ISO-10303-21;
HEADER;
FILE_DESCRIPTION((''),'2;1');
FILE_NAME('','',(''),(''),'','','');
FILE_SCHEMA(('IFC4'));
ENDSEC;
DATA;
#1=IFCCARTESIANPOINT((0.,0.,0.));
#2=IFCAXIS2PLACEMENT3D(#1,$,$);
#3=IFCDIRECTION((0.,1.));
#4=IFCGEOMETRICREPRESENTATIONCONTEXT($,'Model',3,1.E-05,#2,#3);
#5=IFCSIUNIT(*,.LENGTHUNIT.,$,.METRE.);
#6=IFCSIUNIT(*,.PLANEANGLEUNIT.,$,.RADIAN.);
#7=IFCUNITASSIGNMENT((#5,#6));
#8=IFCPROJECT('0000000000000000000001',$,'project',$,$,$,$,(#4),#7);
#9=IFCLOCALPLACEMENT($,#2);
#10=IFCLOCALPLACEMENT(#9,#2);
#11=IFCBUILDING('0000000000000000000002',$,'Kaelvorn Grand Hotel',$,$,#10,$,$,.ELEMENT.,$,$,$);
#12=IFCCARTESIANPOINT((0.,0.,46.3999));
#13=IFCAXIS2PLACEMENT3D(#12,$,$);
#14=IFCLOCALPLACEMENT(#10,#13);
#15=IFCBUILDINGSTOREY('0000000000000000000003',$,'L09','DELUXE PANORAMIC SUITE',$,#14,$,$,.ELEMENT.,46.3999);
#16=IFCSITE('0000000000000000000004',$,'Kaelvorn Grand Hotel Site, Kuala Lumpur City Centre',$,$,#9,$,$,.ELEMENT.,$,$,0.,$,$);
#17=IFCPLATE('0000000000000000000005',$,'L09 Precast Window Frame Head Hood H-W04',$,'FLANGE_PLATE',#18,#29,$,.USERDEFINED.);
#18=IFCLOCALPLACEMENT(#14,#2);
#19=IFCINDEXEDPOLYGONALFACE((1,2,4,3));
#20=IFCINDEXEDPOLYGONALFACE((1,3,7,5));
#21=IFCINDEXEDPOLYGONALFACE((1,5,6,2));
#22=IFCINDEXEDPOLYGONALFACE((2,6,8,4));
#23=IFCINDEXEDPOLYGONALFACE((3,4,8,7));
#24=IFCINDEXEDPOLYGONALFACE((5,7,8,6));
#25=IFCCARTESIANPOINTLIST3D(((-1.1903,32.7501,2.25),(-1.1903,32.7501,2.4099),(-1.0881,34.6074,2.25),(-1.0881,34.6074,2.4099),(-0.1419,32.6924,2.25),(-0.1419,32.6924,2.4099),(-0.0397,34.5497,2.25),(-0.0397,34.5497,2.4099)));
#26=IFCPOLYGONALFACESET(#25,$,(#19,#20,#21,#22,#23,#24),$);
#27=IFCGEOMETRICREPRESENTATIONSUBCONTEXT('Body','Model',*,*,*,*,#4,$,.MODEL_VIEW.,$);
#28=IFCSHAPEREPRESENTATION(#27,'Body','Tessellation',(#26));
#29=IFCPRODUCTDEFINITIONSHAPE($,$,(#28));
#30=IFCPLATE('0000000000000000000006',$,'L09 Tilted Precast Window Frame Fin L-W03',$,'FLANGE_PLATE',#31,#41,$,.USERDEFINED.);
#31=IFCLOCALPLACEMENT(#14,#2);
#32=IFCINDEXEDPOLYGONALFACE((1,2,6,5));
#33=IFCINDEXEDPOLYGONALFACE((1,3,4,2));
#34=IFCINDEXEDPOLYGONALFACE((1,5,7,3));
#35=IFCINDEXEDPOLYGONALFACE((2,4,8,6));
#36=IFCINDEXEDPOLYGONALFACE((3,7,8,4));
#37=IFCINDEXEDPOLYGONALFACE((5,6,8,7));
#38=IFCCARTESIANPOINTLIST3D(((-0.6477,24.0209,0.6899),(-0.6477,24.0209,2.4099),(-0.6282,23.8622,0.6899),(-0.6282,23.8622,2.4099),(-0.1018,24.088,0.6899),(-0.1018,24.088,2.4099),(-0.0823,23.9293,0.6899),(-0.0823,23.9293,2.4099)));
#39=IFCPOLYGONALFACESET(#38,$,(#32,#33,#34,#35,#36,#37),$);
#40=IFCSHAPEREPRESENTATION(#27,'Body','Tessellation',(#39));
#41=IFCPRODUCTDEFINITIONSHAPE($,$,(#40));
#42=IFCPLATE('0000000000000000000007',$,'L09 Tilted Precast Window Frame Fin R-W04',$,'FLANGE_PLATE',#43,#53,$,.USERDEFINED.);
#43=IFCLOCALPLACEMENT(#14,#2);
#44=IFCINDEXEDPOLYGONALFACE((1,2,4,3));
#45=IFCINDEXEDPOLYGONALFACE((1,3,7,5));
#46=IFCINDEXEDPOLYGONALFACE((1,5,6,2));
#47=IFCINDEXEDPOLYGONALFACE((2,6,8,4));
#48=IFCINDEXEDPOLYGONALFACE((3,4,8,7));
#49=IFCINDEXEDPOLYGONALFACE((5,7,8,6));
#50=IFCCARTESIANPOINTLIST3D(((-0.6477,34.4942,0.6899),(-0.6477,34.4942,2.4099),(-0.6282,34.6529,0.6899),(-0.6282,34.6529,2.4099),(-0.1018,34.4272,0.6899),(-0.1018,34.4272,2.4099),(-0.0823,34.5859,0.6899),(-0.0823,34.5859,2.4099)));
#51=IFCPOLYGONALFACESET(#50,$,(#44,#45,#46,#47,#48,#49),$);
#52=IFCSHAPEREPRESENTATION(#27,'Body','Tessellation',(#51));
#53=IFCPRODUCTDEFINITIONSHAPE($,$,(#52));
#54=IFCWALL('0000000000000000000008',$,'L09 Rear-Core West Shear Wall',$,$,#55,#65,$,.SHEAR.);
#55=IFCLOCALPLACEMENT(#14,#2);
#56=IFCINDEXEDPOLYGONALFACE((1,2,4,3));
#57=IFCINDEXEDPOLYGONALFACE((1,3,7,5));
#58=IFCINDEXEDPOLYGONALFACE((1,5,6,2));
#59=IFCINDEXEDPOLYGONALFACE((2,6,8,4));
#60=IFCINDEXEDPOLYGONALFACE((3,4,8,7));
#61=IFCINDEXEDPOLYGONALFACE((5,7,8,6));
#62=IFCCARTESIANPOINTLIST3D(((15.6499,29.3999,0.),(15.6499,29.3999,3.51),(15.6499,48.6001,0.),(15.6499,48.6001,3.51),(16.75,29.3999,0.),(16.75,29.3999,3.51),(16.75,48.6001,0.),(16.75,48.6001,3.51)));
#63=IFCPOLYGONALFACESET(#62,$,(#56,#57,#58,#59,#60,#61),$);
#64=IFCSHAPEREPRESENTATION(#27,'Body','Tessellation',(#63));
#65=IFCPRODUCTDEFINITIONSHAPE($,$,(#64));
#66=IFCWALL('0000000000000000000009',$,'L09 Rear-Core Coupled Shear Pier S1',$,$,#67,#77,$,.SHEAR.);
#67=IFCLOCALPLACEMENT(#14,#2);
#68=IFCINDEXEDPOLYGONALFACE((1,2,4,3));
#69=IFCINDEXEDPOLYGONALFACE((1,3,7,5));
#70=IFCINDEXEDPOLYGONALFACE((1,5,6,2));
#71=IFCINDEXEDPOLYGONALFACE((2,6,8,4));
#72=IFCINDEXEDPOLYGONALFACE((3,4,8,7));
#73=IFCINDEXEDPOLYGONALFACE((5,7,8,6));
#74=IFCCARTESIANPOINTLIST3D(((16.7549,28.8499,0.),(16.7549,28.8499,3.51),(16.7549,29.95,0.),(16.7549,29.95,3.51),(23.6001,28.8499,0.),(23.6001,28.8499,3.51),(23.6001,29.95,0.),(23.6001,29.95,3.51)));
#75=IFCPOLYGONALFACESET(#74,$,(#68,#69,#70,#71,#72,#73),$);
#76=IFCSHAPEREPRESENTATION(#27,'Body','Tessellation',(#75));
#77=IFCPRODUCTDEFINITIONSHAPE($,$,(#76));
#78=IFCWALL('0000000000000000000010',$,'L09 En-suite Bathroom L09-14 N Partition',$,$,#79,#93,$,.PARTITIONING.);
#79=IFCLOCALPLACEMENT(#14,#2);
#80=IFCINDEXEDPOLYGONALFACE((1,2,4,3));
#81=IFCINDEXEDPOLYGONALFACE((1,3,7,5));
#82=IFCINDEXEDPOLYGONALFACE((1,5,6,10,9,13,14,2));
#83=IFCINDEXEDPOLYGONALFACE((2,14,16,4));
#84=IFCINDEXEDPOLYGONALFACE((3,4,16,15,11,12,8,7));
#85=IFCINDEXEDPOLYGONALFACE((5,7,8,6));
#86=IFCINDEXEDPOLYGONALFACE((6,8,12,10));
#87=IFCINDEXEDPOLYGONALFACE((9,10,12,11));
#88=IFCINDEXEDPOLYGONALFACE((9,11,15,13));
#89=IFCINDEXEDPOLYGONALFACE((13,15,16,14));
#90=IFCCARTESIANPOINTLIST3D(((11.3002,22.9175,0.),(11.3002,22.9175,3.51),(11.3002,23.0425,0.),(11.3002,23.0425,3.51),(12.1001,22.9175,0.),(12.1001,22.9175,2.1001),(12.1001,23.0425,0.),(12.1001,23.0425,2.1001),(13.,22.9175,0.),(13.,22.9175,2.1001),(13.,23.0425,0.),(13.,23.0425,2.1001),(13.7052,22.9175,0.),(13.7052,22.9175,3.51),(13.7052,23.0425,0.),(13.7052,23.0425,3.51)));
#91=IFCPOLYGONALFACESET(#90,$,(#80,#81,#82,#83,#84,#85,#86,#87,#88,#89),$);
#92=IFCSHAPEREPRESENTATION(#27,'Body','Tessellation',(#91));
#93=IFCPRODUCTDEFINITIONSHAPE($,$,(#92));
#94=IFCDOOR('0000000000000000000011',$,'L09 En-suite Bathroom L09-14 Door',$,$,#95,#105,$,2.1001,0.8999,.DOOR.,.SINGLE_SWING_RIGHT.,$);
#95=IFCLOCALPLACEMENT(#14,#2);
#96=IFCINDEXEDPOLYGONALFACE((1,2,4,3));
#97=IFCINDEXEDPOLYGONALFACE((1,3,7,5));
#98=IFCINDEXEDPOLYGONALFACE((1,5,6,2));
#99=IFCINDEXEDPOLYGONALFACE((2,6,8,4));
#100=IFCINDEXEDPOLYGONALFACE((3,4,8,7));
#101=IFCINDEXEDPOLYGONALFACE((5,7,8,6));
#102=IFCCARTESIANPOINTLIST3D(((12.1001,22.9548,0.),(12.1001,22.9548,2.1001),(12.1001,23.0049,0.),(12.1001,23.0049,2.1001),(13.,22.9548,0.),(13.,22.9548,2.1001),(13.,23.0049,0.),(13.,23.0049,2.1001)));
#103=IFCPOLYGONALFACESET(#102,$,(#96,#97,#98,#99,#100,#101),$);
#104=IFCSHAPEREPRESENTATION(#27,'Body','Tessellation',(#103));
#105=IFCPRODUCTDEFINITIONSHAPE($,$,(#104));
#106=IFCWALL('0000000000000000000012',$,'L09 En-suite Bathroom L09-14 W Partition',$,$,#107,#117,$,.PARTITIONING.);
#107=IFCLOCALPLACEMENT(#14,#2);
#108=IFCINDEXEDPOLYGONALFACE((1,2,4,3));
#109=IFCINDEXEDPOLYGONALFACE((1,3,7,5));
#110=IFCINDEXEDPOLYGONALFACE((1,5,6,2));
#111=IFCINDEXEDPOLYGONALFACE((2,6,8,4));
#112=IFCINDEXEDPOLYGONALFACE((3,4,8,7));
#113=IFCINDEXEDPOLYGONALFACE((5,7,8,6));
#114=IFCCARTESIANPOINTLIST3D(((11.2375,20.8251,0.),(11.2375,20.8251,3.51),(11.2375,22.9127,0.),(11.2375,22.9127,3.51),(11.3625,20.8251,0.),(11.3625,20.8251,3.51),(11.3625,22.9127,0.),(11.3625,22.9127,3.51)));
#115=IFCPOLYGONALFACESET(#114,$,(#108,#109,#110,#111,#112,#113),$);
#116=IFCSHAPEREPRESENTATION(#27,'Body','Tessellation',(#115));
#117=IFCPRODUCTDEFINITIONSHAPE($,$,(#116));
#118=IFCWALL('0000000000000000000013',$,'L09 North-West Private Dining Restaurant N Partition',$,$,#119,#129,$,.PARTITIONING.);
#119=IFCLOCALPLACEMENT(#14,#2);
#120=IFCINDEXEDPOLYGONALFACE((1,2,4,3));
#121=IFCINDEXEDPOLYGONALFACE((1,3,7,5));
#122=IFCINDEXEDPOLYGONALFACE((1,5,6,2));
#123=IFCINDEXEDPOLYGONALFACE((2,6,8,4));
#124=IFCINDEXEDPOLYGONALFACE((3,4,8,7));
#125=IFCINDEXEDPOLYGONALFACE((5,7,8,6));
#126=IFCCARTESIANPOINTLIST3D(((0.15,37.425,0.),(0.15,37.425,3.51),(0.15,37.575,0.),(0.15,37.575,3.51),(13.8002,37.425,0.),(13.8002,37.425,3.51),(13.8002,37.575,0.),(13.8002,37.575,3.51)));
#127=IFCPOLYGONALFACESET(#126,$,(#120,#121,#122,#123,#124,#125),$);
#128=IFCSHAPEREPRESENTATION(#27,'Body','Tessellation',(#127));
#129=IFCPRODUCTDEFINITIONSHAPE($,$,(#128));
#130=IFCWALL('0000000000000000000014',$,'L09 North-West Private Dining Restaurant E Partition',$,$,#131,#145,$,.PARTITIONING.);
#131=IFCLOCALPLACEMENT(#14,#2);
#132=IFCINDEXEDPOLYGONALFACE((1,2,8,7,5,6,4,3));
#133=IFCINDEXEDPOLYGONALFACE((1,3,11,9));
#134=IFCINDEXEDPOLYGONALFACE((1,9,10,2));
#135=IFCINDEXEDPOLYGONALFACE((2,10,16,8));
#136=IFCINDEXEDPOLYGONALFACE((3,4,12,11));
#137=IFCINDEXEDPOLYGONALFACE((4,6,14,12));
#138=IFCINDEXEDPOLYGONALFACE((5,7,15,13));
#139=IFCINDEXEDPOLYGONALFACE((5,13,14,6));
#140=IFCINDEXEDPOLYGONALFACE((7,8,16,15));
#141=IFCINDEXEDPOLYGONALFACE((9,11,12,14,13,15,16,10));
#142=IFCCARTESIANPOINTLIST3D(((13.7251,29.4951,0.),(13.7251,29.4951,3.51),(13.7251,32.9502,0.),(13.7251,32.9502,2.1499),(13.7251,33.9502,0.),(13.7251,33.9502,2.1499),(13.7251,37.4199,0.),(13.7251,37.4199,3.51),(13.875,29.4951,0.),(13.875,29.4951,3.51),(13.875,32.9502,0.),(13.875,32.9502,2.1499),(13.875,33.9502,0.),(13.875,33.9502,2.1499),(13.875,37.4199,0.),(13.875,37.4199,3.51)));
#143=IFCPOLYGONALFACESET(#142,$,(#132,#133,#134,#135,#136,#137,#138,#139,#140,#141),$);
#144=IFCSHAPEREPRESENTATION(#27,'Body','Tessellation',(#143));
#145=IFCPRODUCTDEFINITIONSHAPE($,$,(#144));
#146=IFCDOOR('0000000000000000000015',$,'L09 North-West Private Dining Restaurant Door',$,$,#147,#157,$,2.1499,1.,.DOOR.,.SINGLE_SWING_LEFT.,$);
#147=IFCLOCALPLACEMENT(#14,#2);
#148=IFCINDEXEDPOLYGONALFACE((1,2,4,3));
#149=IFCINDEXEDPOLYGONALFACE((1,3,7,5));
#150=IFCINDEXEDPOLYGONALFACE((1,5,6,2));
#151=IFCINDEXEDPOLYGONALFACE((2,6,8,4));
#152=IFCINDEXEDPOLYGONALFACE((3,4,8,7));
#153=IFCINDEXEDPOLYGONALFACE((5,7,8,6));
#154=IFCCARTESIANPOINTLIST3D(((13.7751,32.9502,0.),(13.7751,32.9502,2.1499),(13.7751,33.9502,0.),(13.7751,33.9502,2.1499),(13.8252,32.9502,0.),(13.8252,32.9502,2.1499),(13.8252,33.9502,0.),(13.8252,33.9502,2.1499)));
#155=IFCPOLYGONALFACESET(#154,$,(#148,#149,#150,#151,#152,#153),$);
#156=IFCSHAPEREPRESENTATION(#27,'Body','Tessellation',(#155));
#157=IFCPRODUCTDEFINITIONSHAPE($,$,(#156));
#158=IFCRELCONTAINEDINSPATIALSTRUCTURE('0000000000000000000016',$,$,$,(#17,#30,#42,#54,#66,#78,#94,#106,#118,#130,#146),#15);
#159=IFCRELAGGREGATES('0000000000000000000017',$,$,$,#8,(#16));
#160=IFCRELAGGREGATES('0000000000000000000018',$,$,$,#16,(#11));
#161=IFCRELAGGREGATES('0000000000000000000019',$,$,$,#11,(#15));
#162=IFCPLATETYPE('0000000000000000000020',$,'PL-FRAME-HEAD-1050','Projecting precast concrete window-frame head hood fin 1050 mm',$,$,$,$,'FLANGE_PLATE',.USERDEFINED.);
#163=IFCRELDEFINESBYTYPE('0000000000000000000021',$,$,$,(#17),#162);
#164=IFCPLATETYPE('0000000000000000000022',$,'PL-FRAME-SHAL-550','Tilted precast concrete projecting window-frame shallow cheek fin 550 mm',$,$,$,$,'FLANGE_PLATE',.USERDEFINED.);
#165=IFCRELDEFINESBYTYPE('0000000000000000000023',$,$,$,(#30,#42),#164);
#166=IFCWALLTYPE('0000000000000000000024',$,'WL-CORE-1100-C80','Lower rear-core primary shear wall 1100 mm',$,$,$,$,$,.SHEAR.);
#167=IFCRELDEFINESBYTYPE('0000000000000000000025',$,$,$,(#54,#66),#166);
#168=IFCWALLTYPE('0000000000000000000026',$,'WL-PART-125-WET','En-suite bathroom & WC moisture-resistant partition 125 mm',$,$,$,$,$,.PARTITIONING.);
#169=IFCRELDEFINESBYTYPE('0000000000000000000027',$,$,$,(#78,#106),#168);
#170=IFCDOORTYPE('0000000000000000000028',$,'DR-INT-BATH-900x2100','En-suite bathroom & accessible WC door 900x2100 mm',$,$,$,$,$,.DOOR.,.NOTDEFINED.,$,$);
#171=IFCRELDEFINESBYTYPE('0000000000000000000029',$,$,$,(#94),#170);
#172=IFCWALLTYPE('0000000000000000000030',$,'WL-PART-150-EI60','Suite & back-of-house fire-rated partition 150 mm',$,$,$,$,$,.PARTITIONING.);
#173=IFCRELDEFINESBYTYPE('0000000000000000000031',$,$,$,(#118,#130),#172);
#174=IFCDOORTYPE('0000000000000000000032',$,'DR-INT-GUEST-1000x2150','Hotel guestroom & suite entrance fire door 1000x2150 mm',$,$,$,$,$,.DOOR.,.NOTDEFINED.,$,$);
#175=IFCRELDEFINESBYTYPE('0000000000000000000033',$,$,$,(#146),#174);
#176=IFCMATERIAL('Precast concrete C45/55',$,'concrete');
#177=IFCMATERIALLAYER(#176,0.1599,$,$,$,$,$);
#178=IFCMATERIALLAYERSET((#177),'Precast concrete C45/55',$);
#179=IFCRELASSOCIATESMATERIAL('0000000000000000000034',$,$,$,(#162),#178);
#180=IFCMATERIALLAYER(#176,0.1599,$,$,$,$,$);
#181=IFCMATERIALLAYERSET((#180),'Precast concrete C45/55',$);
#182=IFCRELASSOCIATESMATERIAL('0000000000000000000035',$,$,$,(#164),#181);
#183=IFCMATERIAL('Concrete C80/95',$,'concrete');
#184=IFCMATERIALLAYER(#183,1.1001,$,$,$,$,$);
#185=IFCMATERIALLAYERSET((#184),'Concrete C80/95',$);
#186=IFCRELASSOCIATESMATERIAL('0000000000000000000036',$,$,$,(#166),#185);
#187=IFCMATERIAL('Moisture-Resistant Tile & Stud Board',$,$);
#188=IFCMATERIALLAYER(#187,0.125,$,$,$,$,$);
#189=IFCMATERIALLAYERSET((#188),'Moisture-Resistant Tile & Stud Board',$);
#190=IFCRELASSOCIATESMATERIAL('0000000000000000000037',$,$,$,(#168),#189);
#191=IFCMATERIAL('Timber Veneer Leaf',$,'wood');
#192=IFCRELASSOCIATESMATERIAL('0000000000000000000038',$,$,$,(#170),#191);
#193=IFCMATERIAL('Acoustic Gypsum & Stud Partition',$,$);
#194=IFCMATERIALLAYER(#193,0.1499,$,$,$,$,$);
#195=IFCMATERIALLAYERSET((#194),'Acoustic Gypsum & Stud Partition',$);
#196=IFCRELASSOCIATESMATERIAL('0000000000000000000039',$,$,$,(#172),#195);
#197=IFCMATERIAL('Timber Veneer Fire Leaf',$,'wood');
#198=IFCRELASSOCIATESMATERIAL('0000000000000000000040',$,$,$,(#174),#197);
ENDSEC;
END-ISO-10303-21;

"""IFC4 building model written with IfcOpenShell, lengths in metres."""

from ifc_helpers import new_model, si_unit, direction, frame, frame_2d, origin, origin_2d, place, context, subcontext, project, spatial, rectangle, extrude, material, layer, layer_set, type_object, element, fill, save


model = new_model("IFC4")

# Units and contexts
model_context = context("Model", 3, precision=1e-05, world=origin(), true_north=direction((0.0, 1.0)))
body_context = subcontext(model_context, "Body", "Model", "MODEL_VIEW")
ifc_project = project(units=[si_unit("LENGTHUNIT", "METRE"), si_unit("PLANEANGLEUNIT", "RADIAN")], contexts=[model_context])

# Site, building, storey
site_placement = place(None, origin())
site = spatial("IfcSite", under=ifc_project, at=site_placement, Name="Kaelvorn Grand Hotel Site, Kuala Lumpur City Centre", CompositionType="ELEMENT", RefElevation=0.0)
building_placement = place(site_placement, origin())
building = spatial("IfcBuilding", under=site, at=building_placement, Name="Kaelvorn Grand Hotel", CompositionType="ELEMENT")
storey_placement = place(building_placement, frame((0.0, 0.0, 46.3999)))
storey = spatial("IfcBuildingStorey", under=building, at=storey_placement, Name="L09", Description="DELUXE PANORAMIC SUITE", CompositionType="ELEMENT", Elevation=46.3999)

# Shared definitions
ifc_material_1 = material(Name="Concrete C80/95", Category="concrete")

# Plates
ifc_material_2 = material(Name="Precast concrete C45/55", Category="concrete")
ifc_layer_1 = layer(ifc_material_2, 0.1599)
ifc_layer_set_1 = layer_set([ifc_layer_1], Name="Precast concrete C45/55")
plate_type_1 = type_object("IfcPlateType", Name="PL-FRAME-HEAD-1050", Description="Projecting precast concrete window-frame head hood fin 1050 mm", ElementType="FLANGE_PLATE", PredefinedType="USERDEFINED", material=ifc_layer_set_1)
for number, where, z_axis, x_axis, name in (
    (1, (-0.615, 33.6499, 2.25), (0.0, 0.0, 1.0), (0.05495, 0.998489, 0.0), "L09 Precast Window Frame Head Hood H-W04"),
):
    element("IfcPlate", number, at=place(storey_placement, frame(where, z_axis=z_axis, x_axis=x_axis)), inside=storey, type_object=plate_type_1, Name=name, ObjectType="FLANGE_PLATE", PredefinedType="USERDEFINED", context=body_context, shape_type="SweptSolid", body=[
        extrude(rectangle(XDim=1.8601, YDim=1.05, at=origin_2d()), origin(), (0.0, 0.0, 1.0), 0.1599),
    ])
ifc_layer_2 = layer(ifc_material_2, 0.1599)
ifc_layer_set_2 = layer_set([ifc_layer_2], Name="Precast concrete C45/55")
plate_type_2 = type_object("IfcPlateType", Name="PL-FRAME-SHAL-550", Description="Tilted precast concrete projecting window-frame shallow cheek fin 550 mm", ElementType="FLANGE_PLATE", PredefinedType="USERDEFINED", material=ifc_layer_set_2)
for number, where, z_axis, x_axis, name in (
    (2, (-0.365, 23.9751, 0.6899), (0.0, 0.0, 1.0), (-0.121869, 0.992546, 0.0), "L09 Tilted Precast Window Frame Fin L-W03"),
    (3, (-0.365, 34.54, 0.6899), (0.0, 0.0, 1.0), (0.121869, 0.992546, 0.0), "L09 Tilted Precast Window Frame Fin R-W04"),
):
    element("IfcPlate", number, at=place(storey_placement, frame(where, z_axis=z_axis, x_axis=x_axis)), inside=storey, type_object=plate_type_2, Name=name, ObjectType="FLANGE_PLATE", PredefinedType="USERDEFINED", context=body_context, shape_type="SweptSolid", body=[
        extrude(rectangle(XDim=0.1599, YDim=0.55, at=origin_2d()), origin(), (0.0, 0.0, 1.0), 1.72),
    ])

# Walls
ifc_layer_3 = layer(ifc_material_1, 1.1001)
ifc_layer_set_3 = layer_set([ifc_layer_3], Name="Concrete C80/95")
wall_type_1 = type_object("IfcWallType", Name="WL-CORE-1100-C80", Description="Lower rear-core primary shear wall 1100 mm", PredefinedType="SHEAR", material=ifc_layer_set_3)
wall_1_placement = place(storey_placement, frame((16.2, 29.3999, 0.0), z_axis=(0.0, 0.0, 1.0), x_axis=(0.0, 1.0, 0.0)))
element("IfcWall", 4, at=wall_1_placement, inside=storey, type_object=wall_type_1, Name="L09 Rear-Core West Shear Wall", PredefinedType="SHEAR", context=body_context, shape_type="SweptSolid", body=[
    extrude(rectangle(XDim=19.2002, YDim=1.1001, at=frame_2d((9.6001, 0.0))), origin(), (0.0, 0.0, 1.0), 3.51),
])
wall_2_placement = place(storey_placement, frame((16.7549, 29.3999, 0.0), z_axis=(0.0, 0.0, 1.0), x_axis=(1.0, 0.0, 0.0)))
element("IfcWall", 5, at=wall_2_placement, inside=storey, type_object=wall_type_1, Name="L09 Rear-Core Coupled Shear Pier S1", PredefinedType="SHEAR", context=body_context, shape_type="SweptSolid", body=[
    extrude(rectangle(XDim=6.8452, YDim=1.1001, at=frame_2d((3.4226, 0.0))), origin(), (0.0, 0.0, 1.0), 3.51),
])

# Wall, opening, door
ifc_material_3 = material(Name="Moisture-Resistant Tile & Stud Board")
ifc_layer_4 = layer(ifc_material_3, 0.125)
ifc_layer_set_4 = layer_set([ifc_layer_4], Name="Moisture-Resistant Tile & Stud Board")
wall_type_2 = type_object("IfcWallType", Name="WL-PART-125-WET", Description="En-suite bathroom & WC moisture-resistant partition 125 mm", PredefinedType="PARTITIONING", material=ifc_layer_set_4)
wall_3_placement = place(storey_placement, frame((11.3, 22.98, 0.0), z_axis=(0.0, 0.0, 1.0), x_axis=(1.0, 0.0, 0.0)))
wall_3 = element("IfcWall", 6, at=wall_3_placement, inside=storey, type_object=wall_type_2, Name="L09 En-suite Bathroom L09-14 N Partition", PredefinedType="PARTITIONING", context=body_context, shape_type="SweptSolid", body=[
    extrude(rectangle(XDim=2.405, YDim=0.125, at=frame_2d((1.2026, 0.0))), origin(), (0.0, 0.0, 1.0), 3.51),
])
opening_1_placement = place(wall_3_placement, frame((0.8, 0.0, 0.0)))
opening_1 = element("IfcOpeningElement", 7, at=opening_1_placement, cuts=wall_3, PredefinedType="OPENING", context=body_context, shape_type="SweptSolid", body=[
    extrude(rectangle(XDim=0.8999, YDim=2.1001, at=frame_2d((0.45, 1.05))), frame((0.0, 0.0725, 0.0), z_axis=(0.0, -1.0, 0.0), x_axis=(1.0, 0.0, 0.0)), (0.0, 0.0, 1.0), 0.145),
])
ifc_material_4 = material(Name="Timber Veneer Leaf", Category="wood")
door_type_1 = type_object("IfcDoorType", Name="DR-INT-BATH-900x2100", Description="En-suite bathroom & accessible WC door 900x2100 mm", OperationType="NOTDEFINED", PredefinedType="DOOR", material=ifc_material_4)
door_1_placement = place(opening_1_placement, origin())
door_1 = element("IfcDoor", 8, at=door_1_placement, inside=storey, type_object=door_type_1, Name="L09 En-suite Bathroom L09-14 Door", OperationType="SINGLE_SWING_RIGHT", OverallHeight=2.1001, OverallWidth=0.8999, PredefinedType="DOOR", context=body_context, shape_type="SweptSolid", body=[
    extrude(rectangle(XDim=0.8999, YDim=2.1001, at=frame_2d((0.45, 1.05))), frame((0.0, 0.0249, 0.0), z_axis=(0.0, -1.0, 0.0), x_axis=(1.0, 0.0, 0.0)), (0.0, 0.0, 1.0), 0.05),
])
fill(opening_1, door_1)

# Walls
wall_4_placement = place(storey_placement, frame((11.3, 20.825, 0.0), z_axis=(0.0, 0.0, 1.0), x_axis=(0.0, 1.0, 0.0)))
element("IfcWall", 9, at=wall_4_placement, inside=storey, type_object=wall_type_2, Name="L09 En-suite Bathroom L09-14 W Partition", PredefinedType="PARTITIONING", context=body_context, shape_type="SweptSolid", body=[
    extrude(rectangle(XDim=2.0876, YDim=0.125, at=frame_2d((1.0439, 0.0))), origin(), (0.0, 0.0, 1.0), 3.51),
])
ifc_material_5 = material(Name="Acoustic Gypsum & Stud Partition")
ifc_layer_5 = layer(ifc_material_5, 0.1499)
ifc_layer_set_5 = layer_set([ifc_layer_5], Name="Acoustic Gypsum & Stud Partition")
wall_type_3 = type_object("IfcWallType", Name="WL-PART-150-EI60", Description="Suite & back-of-house fire-rated partition 150 mm", PredefinedType="PARTITIONING", material=ifc_layer_set_5)
wall_5_placement = place(storey_placement, frame((0.1499, 37.5, 0.0), z_axis=(0.0, 0.0, 1.0), x_axis=(1.0, 0.0, 0.0)))
element("IfcWall", 10, at=wall_5_placement, inside=storey, type_object=wall_type_3, Name="L09 North-West Private Dining Restaurant N Partition", PredefinedType="PARTITIONING", context=body_context, shape_type="SweptSolid", body=[
    extrude(rectangle(XDim=13.6501, YDim=0.1499, at=frame_2d((6.8252, 0.0))), origin(), (0.0, 0.0, 1.0), 3.51),
])

# Wall, opening, door
wall_6_placement = place(storey_placement, frame((13.8, 29.4951, 0.0), z_axis=(0.0, 0.0, 1.0), x_axis=(0.0, 1.0, 0.0)))
wall_6 = element("IfcWall", 11, at=wall_6_placement, inside=storey, type_object=wall_type_3, Name="L09 North-West Private Dining Restaurant E Partition", PredefinedType="PARTITIONING", context=body_context, shape_type="SweptSolid", body=[
    extrude(rectangle(XDim=7.9248, YDim=0.1499, at=frame_2d((3.9624, 0.0))), origin(), (0.0, 0.0, 1.0), 3.51),
])
opening_2_placement = place(wall_6_placement, frame((3.4551, 0.0, 0.0)))
opening_2 = element("IfcOpeningElement", 12, at=opening_2_placement, cuts=wall_6, PredefinedType="OPENING", context=body_context, shape_type="SweptSolid", body=[
    extrude(rectangle(XDim=1.0, YDim=2.1499, at=frame_2d((0.5, 1.075))), frame((0.0, 0.085, 0.0), z_axis=(0.0, -1.0, 0.0), x_axis=(1.0, 0.0, 0.0)), (0.0, 0.0, 1.0), 0.1699),
])
ifc_material_6 = material(Name="Timber Veneer Fire Leaf", Category="wood")
door_type_2 = type_object("IfcDoorType", Name="DR-INT-GUEST-1000x2150", Description="Hotel guestroom & suite entrance fire door 1000x2150 mm", OperationType="NOTDEFINED", PredefinedType="DOOR", material=ifc_material_6)
door_2_placement = place(opening_2_placement, origin())
door_2 = element("IfcDoor", 13, at=door_2_placement, inside=storey, type_object=door_type_2, Name="L09 North-West Private Dining Restaurant Door", OperationType="SINGLE_SWING_LEFT", OverallHeight=2.1499, OverallWidth=1.0, PredefinedType="DOOR", context=body_context, shape_type="SweptSolid", body=[
    extrude(rectangle(XDim=1.0, YDim=2.1499, at=frame_2d((0.5, 1.075))), frame((0.0, 0.0249, 0.0), z_axis=(0.0, -1.0, 0.0), x_axis=(1.0, 0.0, 0.0)), (0.0, 0.0, 1.0), 0.05),
])
fill(opening_2, door_2)

save(model, "model.ifc")
